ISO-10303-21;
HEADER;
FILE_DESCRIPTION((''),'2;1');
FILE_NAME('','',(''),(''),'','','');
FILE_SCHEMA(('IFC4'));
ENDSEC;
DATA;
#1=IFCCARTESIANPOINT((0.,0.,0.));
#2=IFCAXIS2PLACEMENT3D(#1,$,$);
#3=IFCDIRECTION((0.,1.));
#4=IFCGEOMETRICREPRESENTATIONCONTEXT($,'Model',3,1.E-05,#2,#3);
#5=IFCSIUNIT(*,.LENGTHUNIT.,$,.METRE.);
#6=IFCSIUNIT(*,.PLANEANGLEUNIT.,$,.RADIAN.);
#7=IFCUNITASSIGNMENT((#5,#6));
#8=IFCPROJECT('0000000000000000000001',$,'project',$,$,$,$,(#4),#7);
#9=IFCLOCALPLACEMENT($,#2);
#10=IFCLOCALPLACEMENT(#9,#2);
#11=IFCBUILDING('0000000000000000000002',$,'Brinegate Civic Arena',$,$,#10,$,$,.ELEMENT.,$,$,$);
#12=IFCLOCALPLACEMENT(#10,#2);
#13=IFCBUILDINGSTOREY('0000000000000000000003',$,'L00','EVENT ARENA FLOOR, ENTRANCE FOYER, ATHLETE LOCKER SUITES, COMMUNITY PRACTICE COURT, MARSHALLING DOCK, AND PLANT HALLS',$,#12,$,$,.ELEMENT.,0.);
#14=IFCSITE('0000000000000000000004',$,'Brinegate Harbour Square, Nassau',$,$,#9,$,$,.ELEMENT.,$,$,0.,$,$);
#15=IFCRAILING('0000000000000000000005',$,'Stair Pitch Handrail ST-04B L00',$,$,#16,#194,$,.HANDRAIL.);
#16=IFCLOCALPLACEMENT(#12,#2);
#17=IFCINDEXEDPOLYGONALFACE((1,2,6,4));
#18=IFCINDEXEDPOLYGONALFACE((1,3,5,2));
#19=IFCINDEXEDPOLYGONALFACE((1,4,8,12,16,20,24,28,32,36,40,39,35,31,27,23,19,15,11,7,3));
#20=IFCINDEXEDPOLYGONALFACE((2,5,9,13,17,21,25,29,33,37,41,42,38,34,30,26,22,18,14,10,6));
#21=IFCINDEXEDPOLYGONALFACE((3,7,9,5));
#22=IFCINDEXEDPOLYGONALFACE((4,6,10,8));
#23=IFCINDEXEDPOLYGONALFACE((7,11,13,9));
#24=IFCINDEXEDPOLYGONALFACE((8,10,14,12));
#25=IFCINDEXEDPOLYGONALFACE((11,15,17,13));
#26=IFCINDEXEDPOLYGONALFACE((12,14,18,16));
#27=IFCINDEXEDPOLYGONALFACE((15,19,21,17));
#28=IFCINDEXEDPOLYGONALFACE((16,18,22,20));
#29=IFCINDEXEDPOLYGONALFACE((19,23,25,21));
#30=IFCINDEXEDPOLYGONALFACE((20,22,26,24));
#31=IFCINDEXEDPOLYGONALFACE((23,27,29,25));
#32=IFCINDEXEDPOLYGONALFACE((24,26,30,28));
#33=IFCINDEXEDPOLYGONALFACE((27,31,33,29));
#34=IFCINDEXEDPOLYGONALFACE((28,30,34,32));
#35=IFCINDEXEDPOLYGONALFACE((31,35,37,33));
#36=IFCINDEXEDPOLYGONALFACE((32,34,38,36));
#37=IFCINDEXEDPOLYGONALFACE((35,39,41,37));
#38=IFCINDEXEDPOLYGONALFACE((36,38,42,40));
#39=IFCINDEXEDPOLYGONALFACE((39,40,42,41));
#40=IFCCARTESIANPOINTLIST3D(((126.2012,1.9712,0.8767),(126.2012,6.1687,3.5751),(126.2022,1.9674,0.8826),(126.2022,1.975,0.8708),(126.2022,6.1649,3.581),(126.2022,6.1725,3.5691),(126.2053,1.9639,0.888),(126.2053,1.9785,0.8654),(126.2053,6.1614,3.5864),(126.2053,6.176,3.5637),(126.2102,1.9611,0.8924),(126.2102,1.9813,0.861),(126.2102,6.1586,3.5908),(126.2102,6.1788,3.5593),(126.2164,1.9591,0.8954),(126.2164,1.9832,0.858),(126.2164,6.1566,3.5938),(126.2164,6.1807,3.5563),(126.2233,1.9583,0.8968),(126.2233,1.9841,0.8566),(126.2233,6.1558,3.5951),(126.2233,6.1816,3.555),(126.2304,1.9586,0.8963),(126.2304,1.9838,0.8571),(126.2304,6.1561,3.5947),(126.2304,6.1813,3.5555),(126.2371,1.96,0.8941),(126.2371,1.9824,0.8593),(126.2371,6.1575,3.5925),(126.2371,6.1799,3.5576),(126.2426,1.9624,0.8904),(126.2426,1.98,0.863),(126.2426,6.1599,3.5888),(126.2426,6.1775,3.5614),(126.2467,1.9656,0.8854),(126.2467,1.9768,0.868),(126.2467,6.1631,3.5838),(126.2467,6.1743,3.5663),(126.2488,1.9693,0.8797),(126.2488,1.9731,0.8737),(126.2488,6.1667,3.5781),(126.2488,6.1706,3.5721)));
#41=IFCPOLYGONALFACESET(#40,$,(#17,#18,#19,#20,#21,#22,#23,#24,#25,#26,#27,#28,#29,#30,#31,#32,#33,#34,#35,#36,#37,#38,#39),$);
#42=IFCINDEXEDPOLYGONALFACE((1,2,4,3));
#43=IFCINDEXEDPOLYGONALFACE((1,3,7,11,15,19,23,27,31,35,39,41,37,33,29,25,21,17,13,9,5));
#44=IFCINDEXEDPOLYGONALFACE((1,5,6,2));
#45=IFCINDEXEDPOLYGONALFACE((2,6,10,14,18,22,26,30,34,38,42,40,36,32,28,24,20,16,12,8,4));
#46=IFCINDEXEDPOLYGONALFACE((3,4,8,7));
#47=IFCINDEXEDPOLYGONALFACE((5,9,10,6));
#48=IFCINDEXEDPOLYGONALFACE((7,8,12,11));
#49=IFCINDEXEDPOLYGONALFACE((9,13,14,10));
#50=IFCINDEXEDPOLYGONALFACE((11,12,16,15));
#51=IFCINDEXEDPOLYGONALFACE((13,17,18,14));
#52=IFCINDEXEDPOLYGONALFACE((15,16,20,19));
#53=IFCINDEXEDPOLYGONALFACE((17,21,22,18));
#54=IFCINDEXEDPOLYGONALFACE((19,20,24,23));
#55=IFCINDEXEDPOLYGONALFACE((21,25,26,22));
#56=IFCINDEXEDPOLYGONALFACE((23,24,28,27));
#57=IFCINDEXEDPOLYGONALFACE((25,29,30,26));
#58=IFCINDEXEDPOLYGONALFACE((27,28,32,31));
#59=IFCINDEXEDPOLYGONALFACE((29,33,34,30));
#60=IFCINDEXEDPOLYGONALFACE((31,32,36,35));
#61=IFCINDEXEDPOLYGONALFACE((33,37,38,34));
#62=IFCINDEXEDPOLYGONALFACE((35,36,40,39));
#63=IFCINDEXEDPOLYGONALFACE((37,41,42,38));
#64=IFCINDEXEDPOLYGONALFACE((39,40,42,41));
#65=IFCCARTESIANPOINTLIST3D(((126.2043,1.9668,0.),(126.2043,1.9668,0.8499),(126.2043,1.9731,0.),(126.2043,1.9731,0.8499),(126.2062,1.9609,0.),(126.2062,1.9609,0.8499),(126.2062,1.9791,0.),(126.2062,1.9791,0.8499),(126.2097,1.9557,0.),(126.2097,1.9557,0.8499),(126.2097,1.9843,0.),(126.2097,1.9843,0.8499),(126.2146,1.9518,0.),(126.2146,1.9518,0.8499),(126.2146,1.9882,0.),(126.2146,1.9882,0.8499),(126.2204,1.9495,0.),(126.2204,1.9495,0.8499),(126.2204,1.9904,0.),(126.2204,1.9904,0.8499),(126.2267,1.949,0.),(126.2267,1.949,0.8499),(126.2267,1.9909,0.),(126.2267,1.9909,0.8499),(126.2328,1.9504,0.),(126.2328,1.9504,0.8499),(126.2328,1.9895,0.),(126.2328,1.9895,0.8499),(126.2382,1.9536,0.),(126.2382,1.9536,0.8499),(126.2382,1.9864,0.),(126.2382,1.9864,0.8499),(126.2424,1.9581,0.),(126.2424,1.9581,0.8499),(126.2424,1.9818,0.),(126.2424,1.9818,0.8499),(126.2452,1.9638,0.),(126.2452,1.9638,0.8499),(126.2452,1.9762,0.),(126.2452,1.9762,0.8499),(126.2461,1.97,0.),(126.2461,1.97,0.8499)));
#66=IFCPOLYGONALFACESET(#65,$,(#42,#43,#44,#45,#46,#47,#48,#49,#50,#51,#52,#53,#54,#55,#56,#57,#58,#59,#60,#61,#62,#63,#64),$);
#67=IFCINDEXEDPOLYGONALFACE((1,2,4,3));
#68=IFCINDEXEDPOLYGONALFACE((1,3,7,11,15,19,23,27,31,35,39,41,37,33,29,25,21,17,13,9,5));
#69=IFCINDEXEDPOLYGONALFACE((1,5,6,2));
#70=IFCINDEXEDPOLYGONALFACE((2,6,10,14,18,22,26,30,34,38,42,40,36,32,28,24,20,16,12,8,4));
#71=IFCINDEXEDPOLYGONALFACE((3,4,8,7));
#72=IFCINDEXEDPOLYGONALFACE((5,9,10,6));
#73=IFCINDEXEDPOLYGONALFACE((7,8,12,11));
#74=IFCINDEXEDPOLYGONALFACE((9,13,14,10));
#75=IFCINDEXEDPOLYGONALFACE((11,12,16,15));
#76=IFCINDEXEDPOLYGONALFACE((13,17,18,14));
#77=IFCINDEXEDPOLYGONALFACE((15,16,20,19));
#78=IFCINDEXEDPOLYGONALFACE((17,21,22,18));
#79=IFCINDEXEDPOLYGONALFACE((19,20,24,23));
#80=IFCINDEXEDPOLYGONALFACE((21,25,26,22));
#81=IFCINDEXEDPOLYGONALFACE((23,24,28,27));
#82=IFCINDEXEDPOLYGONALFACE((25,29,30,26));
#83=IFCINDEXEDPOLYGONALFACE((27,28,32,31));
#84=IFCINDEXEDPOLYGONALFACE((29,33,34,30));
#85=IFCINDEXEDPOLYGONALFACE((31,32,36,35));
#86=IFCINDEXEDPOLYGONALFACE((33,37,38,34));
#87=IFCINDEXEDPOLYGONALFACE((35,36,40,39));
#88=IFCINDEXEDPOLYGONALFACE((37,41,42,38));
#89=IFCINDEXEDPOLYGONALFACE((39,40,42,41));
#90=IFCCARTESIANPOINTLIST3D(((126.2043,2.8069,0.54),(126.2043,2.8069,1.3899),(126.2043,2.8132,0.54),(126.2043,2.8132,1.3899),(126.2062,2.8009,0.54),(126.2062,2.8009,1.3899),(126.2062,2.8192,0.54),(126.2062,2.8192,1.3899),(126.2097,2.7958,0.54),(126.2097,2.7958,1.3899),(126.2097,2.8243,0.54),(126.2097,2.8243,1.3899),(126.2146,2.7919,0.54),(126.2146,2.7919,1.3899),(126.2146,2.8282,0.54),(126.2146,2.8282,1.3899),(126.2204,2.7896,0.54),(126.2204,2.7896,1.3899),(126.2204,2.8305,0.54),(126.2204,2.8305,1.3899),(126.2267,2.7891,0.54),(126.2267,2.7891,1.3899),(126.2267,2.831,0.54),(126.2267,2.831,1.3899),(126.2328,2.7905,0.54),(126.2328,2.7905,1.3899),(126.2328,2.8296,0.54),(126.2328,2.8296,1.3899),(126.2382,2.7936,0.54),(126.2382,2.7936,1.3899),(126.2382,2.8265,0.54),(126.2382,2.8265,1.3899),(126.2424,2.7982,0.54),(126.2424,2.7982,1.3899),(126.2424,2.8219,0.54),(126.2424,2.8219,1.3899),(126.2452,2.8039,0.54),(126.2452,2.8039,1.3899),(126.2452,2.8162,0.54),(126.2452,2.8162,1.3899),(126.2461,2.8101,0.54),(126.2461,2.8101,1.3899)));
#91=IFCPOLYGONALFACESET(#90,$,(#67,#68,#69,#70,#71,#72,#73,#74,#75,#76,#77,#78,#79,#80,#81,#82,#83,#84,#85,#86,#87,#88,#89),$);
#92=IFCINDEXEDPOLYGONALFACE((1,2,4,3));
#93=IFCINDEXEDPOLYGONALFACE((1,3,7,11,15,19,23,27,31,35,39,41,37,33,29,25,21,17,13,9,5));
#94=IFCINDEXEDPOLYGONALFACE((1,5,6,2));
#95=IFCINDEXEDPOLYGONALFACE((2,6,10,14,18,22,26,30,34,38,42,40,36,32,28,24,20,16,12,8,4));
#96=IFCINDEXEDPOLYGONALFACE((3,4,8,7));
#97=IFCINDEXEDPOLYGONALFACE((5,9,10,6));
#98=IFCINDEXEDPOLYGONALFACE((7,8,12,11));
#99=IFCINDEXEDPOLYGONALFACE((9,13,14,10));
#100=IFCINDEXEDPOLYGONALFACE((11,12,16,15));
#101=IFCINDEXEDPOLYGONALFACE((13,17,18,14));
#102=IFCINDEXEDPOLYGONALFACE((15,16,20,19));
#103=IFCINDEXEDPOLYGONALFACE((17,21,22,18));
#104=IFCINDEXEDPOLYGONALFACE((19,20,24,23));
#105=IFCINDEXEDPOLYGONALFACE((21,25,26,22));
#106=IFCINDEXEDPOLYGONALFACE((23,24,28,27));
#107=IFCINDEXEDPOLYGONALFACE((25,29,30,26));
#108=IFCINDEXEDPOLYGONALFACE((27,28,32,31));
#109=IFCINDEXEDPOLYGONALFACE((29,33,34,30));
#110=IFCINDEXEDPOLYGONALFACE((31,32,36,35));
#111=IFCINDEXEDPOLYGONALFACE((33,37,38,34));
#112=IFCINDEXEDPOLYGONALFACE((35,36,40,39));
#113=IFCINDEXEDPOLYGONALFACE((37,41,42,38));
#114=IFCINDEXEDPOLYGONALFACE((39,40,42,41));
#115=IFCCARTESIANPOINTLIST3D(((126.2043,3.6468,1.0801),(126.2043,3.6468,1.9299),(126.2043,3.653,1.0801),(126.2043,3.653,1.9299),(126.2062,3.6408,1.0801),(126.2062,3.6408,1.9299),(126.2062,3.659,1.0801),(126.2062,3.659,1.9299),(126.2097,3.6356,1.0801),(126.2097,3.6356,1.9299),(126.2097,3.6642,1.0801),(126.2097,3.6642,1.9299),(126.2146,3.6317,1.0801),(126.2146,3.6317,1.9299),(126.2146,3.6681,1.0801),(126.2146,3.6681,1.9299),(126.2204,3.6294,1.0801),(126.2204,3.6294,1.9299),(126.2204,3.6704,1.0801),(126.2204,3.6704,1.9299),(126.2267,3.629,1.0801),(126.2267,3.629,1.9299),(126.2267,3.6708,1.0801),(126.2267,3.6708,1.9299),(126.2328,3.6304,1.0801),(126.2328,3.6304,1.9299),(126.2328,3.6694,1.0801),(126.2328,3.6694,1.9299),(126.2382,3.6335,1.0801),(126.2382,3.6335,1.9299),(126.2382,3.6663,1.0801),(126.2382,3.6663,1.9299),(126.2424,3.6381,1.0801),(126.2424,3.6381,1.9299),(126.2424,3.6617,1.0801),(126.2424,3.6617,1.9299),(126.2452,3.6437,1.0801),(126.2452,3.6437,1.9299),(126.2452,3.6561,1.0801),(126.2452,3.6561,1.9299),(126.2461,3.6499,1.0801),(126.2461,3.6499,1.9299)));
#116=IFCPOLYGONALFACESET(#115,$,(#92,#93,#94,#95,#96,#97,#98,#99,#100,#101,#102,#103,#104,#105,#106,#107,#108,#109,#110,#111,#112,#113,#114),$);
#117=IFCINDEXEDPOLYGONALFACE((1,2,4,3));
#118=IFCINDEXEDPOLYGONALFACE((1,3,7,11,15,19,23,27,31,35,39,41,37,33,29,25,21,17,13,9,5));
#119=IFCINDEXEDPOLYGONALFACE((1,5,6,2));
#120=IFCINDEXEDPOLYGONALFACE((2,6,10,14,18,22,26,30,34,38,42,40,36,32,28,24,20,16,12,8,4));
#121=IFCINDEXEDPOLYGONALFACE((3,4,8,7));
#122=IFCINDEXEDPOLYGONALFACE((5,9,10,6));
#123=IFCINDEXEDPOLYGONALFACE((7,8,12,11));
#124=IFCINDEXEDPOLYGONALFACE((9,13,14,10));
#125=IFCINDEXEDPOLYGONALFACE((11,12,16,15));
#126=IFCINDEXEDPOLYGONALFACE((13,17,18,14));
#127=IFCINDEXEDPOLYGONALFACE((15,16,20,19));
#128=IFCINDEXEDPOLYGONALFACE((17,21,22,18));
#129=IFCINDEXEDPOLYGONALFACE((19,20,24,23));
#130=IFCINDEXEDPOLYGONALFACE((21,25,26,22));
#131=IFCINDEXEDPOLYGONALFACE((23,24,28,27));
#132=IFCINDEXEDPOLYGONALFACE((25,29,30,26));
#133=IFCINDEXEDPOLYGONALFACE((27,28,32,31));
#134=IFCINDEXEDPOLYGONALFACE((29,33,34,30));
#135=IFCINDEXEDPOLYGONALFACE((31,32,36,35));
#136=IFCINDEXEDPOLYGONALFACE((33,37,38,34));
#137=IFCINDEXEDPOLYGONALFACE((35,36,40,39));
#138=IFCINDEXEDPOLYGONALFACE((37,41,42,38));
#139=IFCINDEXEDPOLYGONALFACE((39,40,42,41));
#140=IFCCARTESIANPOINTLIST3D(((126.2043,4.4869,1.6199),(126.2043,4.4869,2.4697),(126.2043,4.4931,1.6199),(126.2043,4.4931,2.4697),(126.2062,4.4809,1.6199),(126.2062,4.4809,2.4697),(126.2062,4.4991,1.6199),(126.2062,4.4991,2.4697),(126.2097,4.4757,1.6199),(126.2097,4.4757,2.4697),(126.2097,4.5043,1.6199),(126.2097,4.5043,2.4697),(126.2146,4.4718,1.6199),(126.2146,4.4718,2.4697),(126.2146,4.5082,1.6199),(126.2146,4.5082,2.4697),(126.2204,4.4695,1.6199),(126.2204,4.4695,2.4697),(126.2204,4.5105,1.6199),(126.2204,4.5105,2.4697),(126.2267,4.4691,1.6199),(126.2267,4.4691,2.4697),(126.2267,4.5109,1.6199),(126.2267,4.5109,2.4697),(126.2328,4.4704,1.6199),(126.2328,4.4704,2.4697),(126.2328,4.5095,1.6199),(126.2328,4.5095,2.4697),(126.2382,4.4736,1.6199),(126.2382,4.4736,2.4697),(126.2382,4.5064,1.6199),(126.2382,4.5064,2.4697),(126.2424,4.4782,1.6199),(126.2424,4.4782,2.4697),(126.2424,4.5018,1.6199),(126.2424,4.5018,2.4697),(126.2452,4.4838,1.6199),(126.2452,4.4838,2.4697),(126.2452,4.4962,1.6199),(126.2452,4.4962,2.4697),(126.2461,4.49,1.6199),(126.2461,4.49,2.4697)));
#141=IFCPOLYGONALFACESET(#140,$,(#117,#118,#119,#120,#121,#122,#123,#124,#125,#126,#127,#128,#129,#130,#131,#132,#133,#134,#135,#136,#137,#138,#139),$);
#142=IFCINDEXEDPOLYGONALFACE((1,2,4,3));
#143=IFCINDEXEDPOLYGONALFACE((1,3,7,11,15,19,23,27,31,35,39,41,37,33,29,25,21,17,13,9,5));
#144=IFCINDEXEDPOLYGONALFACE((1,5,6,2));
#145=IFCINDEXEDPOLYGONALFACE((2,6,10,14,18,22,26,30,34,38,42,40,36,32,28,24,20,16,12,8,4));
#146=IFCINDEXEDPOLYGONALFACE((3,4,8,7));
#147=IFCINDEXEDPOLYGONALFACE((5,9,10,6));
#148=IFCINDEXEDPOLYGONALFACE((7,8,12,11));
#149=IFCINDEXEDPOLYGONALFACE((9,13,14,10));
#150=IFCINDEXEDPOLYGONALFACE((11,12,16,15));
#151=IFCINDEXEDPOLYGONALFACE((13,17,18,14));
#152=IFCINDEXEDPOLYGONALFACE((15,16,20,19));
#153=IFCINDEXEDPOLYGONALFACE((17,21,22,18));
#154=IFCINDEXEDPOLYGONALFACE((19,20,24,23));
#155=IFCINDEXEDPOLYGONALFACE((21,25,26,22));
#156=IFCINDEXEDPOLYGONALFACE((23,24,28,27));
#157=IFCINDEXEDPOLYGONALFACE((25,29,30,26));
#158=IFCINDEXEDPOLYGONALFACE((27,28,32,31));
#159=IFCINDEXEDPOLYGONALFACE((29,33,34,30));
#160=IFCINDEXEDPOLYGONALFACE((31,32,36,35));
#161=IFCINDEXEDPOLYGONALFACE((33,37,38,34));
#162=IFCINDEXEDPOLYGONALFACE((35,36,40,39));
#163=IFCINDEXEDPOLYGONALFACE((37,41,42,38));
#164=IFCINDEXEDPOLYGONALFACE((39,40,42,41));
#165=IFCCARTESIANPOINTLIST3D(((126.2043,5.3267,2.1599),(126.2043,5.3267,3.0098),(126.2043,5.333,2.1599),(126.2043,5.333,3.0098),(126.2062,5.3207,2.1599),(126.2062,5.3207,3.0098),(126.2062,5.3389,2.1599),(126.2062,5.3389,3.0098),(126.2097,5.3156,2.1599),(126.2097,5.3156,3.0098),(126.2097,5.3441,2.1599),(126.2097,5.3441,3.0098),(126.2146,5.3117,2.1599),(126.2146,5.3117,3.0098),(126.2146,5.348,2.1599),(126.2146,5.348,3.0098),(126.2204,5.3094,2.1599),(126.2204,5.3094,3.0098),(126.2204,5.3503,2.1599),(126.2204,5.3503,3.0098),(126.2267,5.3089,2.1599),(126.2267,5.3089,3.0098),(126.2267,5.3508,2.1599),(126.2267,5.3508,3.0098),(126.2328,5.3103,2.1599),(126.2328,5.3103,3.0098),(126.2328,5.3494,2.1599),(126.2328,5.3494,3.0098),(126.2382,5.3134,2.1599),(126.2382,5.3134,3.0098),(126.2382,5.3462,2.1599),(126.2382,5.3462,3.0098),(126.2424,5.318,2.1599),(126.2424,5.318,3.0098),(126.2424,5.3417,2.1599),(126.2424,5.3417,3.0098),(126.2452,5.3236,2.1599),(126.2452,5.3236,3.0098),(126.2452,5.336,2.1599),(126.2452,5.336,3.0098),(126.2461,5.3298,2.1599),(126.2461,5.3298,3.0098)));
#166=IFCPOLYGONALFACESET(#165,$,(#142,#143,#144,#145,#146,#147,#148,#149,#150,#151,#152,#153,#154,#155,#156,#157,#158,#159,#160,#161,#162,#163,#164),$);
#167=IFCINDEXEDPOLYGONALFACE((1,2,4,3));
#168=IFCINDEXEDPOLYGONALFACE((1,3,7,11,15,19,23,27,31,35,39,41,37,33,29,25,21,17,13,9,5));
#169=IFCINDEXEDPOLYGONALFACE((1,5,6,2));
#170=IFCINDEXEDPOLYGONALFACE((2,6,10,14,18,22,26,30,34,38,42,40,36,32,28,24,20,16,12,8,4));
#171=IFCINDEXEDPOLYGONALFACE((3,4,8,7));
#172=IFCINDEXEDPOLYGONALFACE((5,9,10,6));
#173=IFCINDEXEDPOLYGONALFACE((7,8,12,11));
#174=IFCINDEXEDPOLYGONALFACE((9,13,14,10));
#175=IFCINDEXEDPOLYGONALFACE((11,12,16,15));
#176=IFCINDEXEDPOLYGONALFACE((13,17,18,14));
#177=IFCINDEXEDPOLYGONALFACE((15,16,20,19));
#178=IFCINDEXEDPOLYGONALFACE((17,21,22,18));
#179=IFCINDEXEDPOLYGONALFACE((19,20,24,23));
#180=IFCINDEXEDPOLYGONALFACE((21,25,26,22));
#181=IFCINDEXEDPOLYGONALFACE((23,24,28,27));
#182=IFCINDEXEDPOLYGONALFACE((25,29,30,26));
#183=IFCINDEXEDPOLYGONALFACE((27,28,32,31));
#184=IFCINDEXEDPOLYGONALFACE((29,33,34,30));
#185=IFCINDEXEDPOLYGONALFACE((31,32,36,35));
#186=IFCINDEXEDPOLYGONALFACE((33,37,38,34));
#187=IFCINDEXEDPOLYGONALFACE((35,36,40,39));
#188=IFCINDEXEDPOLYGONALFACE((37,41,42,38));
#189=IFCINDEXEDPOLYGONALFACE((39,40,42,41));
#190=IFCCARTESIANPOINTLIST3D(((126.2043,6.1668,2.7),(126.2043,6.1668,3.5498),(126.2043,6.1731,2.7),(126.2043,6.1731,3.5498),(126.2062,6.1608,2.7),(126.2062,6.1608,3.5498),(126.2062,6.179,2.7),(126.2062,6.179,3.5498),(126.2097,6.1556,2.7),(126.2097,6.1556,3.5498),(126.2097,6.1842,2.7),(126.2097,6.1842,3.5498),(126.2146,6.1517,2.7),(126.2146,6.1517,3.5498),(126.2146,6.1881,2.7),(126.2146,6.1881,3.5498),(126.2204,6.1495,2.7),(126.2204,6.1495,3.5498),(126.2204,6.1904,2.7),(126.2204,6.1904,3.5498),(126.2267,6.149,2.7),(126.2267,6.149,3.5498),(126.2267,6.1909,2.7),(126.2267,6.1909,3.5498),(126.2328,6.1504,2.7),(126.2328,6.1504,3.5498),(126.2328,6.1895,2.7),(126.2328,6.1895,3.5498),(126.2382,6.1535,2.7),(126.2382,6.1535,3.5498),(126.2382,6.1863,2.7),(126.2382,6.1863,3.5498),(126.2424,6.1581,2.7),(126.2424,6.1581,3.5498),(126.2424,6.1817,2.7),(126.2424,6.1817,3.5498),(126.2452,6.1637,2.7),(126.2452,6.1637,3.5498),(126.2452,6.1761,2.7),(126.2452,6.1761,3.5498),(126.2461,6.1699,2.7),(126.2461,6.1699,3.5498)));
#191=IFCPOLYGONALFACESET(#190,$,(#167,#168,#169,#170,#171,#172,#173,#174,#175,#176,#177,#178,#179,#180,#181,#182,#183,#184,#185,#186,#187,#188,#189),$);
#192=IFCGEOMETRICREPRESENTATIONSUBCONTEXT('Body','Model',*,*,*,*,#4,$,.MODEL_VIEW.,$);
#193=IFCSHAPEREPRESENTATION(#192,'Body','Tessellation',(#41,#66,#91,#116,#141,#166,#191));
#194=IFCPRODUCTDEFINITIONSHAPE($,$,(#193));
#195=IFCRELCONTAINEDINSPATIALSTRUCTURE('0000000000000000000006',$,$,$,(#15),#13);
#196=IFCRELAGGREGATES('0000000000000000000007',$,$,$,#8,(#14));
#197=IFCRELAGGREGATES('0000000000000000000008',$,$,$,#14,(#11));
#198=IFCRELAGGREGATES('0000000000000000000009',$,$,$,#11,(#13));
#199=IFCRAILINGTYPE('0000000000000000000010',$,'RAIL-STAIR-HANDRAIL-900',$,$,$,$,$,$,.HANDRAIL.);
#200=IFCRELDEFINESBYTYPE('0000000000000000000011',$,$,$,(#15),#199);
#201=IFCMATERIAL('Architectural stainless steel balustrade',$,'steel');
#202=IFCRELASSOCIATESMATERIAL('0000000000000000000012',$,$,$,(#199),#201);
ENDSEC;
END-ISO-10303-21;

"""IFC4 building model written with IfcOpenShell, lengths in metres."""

from ifc_helpers import new_model, si_unit, direction, frame, origin, origin_2d, place, context, subcontext, project, spatial, circle, extrude, material, type_object, element, save


model = new_model("IFC4")

# Units and contexts
model_context = context("Model", 3, precision=1e-05, world=origin(), true_north=direction((0.0, 1.0)))
body_context = subcontext(model_context, "Body", "Model", "MODEL_VIEW")
ifc_project = project(units=[si_unit("LENGTHUNIT", "METRE"), si_unit("PLANEANGLEUNIT", "RADIAN")], contexts=[model_context])

# Site, building, storey
site_placement = place(None, origin())
site = spatial("IfcSite", under=ifc_project, at=site_placement, Name="Brinegate Harbour Square, Nassau", CompositionType="ELEMENT", RefElevation=0.0)
building_placement = place(site_placement, origin())
building = spatial("IfcBuilding", under=site, at=building_placement, Name="Brinegate Civic Arena", CompositionType="ELEMENT")
storey_placement = place(building_placement, origin())
storey = spatial("IfcBuildingStorey", under=building, at=storey_placement, Name="L00", Description="EVENT ARENA FLOOR, ENTRANCE FOYER, ATHLETE LOCKER SUITES, COMMUNITY PRACTICE COURT, MARSHALLING DOCK, AND PLANT HALLS", CompositionType="ELEMENT", Elevation=0.0)

# Railing
ifc_material_1 = material(Name="Architectural stainless steel balustrade", Category="steel")
railing_type = type_object("IfcRailingType", Name="RAIL-STAIR-HANDRAIL-900", PredefinedType="HANDRAIL", material=ifc_material_1)
railing_placement = place(storey_placement, frame((126.2251, 1.97, 0.0)))
element("IfcRailing", 1, at=railing_placement, inside=storey, type_object=railing_type, Name="Stair Pitch Handrail ST-04B L00", PredefinedType="HANDRAIL", context=body_context, shape_type="SweptSolid", body=[
    extrude(circle(Radius=0.0239, at=origin_2d()), frame((0.0, 0.0012, 0.8767), z_axis=(0.0, 0.84118, 0.540755), x_axis=(-1.0, 0.0, 0.0)), (0.0, 0.0, 1.0), 4.99),
    extrude(circle(Radius=0.021, at=origin_2d()), origin(), (0.0, 0.0, 1.0), 0.8499),
    extrude(circle(Radius=0.021, at=origin_2d()), frame((0.0, 0.8401, 0.54)), (0.0, 0.0, 1.0), 0.8499),
    extrude(circle(Radius=0.021, at=origin_2d()), frame((0.0, 1.6799, 1.0801)), (0.0, 0.0, 1.0), 0.8499),
    extrude(circle(Radius=0.021, at=origin_2d()), frame((0.0, 2.52, 1.6199)), (0.0, 0.0, 1.0), 0.8499),
    extrude(circle(Radius=0.021, at=origin_2d()), frame((0.0, 3.3599, 2.1599)), (0.0, 0.0, 1.0), 0.8499),
    extrude(circle(Radius=0.021, at=origin_2d()), frame((0.0, 4.2, 2.7)), (0.0, 0.0, 1.0), 0.8499),
])

save(model, "model.ifc")
